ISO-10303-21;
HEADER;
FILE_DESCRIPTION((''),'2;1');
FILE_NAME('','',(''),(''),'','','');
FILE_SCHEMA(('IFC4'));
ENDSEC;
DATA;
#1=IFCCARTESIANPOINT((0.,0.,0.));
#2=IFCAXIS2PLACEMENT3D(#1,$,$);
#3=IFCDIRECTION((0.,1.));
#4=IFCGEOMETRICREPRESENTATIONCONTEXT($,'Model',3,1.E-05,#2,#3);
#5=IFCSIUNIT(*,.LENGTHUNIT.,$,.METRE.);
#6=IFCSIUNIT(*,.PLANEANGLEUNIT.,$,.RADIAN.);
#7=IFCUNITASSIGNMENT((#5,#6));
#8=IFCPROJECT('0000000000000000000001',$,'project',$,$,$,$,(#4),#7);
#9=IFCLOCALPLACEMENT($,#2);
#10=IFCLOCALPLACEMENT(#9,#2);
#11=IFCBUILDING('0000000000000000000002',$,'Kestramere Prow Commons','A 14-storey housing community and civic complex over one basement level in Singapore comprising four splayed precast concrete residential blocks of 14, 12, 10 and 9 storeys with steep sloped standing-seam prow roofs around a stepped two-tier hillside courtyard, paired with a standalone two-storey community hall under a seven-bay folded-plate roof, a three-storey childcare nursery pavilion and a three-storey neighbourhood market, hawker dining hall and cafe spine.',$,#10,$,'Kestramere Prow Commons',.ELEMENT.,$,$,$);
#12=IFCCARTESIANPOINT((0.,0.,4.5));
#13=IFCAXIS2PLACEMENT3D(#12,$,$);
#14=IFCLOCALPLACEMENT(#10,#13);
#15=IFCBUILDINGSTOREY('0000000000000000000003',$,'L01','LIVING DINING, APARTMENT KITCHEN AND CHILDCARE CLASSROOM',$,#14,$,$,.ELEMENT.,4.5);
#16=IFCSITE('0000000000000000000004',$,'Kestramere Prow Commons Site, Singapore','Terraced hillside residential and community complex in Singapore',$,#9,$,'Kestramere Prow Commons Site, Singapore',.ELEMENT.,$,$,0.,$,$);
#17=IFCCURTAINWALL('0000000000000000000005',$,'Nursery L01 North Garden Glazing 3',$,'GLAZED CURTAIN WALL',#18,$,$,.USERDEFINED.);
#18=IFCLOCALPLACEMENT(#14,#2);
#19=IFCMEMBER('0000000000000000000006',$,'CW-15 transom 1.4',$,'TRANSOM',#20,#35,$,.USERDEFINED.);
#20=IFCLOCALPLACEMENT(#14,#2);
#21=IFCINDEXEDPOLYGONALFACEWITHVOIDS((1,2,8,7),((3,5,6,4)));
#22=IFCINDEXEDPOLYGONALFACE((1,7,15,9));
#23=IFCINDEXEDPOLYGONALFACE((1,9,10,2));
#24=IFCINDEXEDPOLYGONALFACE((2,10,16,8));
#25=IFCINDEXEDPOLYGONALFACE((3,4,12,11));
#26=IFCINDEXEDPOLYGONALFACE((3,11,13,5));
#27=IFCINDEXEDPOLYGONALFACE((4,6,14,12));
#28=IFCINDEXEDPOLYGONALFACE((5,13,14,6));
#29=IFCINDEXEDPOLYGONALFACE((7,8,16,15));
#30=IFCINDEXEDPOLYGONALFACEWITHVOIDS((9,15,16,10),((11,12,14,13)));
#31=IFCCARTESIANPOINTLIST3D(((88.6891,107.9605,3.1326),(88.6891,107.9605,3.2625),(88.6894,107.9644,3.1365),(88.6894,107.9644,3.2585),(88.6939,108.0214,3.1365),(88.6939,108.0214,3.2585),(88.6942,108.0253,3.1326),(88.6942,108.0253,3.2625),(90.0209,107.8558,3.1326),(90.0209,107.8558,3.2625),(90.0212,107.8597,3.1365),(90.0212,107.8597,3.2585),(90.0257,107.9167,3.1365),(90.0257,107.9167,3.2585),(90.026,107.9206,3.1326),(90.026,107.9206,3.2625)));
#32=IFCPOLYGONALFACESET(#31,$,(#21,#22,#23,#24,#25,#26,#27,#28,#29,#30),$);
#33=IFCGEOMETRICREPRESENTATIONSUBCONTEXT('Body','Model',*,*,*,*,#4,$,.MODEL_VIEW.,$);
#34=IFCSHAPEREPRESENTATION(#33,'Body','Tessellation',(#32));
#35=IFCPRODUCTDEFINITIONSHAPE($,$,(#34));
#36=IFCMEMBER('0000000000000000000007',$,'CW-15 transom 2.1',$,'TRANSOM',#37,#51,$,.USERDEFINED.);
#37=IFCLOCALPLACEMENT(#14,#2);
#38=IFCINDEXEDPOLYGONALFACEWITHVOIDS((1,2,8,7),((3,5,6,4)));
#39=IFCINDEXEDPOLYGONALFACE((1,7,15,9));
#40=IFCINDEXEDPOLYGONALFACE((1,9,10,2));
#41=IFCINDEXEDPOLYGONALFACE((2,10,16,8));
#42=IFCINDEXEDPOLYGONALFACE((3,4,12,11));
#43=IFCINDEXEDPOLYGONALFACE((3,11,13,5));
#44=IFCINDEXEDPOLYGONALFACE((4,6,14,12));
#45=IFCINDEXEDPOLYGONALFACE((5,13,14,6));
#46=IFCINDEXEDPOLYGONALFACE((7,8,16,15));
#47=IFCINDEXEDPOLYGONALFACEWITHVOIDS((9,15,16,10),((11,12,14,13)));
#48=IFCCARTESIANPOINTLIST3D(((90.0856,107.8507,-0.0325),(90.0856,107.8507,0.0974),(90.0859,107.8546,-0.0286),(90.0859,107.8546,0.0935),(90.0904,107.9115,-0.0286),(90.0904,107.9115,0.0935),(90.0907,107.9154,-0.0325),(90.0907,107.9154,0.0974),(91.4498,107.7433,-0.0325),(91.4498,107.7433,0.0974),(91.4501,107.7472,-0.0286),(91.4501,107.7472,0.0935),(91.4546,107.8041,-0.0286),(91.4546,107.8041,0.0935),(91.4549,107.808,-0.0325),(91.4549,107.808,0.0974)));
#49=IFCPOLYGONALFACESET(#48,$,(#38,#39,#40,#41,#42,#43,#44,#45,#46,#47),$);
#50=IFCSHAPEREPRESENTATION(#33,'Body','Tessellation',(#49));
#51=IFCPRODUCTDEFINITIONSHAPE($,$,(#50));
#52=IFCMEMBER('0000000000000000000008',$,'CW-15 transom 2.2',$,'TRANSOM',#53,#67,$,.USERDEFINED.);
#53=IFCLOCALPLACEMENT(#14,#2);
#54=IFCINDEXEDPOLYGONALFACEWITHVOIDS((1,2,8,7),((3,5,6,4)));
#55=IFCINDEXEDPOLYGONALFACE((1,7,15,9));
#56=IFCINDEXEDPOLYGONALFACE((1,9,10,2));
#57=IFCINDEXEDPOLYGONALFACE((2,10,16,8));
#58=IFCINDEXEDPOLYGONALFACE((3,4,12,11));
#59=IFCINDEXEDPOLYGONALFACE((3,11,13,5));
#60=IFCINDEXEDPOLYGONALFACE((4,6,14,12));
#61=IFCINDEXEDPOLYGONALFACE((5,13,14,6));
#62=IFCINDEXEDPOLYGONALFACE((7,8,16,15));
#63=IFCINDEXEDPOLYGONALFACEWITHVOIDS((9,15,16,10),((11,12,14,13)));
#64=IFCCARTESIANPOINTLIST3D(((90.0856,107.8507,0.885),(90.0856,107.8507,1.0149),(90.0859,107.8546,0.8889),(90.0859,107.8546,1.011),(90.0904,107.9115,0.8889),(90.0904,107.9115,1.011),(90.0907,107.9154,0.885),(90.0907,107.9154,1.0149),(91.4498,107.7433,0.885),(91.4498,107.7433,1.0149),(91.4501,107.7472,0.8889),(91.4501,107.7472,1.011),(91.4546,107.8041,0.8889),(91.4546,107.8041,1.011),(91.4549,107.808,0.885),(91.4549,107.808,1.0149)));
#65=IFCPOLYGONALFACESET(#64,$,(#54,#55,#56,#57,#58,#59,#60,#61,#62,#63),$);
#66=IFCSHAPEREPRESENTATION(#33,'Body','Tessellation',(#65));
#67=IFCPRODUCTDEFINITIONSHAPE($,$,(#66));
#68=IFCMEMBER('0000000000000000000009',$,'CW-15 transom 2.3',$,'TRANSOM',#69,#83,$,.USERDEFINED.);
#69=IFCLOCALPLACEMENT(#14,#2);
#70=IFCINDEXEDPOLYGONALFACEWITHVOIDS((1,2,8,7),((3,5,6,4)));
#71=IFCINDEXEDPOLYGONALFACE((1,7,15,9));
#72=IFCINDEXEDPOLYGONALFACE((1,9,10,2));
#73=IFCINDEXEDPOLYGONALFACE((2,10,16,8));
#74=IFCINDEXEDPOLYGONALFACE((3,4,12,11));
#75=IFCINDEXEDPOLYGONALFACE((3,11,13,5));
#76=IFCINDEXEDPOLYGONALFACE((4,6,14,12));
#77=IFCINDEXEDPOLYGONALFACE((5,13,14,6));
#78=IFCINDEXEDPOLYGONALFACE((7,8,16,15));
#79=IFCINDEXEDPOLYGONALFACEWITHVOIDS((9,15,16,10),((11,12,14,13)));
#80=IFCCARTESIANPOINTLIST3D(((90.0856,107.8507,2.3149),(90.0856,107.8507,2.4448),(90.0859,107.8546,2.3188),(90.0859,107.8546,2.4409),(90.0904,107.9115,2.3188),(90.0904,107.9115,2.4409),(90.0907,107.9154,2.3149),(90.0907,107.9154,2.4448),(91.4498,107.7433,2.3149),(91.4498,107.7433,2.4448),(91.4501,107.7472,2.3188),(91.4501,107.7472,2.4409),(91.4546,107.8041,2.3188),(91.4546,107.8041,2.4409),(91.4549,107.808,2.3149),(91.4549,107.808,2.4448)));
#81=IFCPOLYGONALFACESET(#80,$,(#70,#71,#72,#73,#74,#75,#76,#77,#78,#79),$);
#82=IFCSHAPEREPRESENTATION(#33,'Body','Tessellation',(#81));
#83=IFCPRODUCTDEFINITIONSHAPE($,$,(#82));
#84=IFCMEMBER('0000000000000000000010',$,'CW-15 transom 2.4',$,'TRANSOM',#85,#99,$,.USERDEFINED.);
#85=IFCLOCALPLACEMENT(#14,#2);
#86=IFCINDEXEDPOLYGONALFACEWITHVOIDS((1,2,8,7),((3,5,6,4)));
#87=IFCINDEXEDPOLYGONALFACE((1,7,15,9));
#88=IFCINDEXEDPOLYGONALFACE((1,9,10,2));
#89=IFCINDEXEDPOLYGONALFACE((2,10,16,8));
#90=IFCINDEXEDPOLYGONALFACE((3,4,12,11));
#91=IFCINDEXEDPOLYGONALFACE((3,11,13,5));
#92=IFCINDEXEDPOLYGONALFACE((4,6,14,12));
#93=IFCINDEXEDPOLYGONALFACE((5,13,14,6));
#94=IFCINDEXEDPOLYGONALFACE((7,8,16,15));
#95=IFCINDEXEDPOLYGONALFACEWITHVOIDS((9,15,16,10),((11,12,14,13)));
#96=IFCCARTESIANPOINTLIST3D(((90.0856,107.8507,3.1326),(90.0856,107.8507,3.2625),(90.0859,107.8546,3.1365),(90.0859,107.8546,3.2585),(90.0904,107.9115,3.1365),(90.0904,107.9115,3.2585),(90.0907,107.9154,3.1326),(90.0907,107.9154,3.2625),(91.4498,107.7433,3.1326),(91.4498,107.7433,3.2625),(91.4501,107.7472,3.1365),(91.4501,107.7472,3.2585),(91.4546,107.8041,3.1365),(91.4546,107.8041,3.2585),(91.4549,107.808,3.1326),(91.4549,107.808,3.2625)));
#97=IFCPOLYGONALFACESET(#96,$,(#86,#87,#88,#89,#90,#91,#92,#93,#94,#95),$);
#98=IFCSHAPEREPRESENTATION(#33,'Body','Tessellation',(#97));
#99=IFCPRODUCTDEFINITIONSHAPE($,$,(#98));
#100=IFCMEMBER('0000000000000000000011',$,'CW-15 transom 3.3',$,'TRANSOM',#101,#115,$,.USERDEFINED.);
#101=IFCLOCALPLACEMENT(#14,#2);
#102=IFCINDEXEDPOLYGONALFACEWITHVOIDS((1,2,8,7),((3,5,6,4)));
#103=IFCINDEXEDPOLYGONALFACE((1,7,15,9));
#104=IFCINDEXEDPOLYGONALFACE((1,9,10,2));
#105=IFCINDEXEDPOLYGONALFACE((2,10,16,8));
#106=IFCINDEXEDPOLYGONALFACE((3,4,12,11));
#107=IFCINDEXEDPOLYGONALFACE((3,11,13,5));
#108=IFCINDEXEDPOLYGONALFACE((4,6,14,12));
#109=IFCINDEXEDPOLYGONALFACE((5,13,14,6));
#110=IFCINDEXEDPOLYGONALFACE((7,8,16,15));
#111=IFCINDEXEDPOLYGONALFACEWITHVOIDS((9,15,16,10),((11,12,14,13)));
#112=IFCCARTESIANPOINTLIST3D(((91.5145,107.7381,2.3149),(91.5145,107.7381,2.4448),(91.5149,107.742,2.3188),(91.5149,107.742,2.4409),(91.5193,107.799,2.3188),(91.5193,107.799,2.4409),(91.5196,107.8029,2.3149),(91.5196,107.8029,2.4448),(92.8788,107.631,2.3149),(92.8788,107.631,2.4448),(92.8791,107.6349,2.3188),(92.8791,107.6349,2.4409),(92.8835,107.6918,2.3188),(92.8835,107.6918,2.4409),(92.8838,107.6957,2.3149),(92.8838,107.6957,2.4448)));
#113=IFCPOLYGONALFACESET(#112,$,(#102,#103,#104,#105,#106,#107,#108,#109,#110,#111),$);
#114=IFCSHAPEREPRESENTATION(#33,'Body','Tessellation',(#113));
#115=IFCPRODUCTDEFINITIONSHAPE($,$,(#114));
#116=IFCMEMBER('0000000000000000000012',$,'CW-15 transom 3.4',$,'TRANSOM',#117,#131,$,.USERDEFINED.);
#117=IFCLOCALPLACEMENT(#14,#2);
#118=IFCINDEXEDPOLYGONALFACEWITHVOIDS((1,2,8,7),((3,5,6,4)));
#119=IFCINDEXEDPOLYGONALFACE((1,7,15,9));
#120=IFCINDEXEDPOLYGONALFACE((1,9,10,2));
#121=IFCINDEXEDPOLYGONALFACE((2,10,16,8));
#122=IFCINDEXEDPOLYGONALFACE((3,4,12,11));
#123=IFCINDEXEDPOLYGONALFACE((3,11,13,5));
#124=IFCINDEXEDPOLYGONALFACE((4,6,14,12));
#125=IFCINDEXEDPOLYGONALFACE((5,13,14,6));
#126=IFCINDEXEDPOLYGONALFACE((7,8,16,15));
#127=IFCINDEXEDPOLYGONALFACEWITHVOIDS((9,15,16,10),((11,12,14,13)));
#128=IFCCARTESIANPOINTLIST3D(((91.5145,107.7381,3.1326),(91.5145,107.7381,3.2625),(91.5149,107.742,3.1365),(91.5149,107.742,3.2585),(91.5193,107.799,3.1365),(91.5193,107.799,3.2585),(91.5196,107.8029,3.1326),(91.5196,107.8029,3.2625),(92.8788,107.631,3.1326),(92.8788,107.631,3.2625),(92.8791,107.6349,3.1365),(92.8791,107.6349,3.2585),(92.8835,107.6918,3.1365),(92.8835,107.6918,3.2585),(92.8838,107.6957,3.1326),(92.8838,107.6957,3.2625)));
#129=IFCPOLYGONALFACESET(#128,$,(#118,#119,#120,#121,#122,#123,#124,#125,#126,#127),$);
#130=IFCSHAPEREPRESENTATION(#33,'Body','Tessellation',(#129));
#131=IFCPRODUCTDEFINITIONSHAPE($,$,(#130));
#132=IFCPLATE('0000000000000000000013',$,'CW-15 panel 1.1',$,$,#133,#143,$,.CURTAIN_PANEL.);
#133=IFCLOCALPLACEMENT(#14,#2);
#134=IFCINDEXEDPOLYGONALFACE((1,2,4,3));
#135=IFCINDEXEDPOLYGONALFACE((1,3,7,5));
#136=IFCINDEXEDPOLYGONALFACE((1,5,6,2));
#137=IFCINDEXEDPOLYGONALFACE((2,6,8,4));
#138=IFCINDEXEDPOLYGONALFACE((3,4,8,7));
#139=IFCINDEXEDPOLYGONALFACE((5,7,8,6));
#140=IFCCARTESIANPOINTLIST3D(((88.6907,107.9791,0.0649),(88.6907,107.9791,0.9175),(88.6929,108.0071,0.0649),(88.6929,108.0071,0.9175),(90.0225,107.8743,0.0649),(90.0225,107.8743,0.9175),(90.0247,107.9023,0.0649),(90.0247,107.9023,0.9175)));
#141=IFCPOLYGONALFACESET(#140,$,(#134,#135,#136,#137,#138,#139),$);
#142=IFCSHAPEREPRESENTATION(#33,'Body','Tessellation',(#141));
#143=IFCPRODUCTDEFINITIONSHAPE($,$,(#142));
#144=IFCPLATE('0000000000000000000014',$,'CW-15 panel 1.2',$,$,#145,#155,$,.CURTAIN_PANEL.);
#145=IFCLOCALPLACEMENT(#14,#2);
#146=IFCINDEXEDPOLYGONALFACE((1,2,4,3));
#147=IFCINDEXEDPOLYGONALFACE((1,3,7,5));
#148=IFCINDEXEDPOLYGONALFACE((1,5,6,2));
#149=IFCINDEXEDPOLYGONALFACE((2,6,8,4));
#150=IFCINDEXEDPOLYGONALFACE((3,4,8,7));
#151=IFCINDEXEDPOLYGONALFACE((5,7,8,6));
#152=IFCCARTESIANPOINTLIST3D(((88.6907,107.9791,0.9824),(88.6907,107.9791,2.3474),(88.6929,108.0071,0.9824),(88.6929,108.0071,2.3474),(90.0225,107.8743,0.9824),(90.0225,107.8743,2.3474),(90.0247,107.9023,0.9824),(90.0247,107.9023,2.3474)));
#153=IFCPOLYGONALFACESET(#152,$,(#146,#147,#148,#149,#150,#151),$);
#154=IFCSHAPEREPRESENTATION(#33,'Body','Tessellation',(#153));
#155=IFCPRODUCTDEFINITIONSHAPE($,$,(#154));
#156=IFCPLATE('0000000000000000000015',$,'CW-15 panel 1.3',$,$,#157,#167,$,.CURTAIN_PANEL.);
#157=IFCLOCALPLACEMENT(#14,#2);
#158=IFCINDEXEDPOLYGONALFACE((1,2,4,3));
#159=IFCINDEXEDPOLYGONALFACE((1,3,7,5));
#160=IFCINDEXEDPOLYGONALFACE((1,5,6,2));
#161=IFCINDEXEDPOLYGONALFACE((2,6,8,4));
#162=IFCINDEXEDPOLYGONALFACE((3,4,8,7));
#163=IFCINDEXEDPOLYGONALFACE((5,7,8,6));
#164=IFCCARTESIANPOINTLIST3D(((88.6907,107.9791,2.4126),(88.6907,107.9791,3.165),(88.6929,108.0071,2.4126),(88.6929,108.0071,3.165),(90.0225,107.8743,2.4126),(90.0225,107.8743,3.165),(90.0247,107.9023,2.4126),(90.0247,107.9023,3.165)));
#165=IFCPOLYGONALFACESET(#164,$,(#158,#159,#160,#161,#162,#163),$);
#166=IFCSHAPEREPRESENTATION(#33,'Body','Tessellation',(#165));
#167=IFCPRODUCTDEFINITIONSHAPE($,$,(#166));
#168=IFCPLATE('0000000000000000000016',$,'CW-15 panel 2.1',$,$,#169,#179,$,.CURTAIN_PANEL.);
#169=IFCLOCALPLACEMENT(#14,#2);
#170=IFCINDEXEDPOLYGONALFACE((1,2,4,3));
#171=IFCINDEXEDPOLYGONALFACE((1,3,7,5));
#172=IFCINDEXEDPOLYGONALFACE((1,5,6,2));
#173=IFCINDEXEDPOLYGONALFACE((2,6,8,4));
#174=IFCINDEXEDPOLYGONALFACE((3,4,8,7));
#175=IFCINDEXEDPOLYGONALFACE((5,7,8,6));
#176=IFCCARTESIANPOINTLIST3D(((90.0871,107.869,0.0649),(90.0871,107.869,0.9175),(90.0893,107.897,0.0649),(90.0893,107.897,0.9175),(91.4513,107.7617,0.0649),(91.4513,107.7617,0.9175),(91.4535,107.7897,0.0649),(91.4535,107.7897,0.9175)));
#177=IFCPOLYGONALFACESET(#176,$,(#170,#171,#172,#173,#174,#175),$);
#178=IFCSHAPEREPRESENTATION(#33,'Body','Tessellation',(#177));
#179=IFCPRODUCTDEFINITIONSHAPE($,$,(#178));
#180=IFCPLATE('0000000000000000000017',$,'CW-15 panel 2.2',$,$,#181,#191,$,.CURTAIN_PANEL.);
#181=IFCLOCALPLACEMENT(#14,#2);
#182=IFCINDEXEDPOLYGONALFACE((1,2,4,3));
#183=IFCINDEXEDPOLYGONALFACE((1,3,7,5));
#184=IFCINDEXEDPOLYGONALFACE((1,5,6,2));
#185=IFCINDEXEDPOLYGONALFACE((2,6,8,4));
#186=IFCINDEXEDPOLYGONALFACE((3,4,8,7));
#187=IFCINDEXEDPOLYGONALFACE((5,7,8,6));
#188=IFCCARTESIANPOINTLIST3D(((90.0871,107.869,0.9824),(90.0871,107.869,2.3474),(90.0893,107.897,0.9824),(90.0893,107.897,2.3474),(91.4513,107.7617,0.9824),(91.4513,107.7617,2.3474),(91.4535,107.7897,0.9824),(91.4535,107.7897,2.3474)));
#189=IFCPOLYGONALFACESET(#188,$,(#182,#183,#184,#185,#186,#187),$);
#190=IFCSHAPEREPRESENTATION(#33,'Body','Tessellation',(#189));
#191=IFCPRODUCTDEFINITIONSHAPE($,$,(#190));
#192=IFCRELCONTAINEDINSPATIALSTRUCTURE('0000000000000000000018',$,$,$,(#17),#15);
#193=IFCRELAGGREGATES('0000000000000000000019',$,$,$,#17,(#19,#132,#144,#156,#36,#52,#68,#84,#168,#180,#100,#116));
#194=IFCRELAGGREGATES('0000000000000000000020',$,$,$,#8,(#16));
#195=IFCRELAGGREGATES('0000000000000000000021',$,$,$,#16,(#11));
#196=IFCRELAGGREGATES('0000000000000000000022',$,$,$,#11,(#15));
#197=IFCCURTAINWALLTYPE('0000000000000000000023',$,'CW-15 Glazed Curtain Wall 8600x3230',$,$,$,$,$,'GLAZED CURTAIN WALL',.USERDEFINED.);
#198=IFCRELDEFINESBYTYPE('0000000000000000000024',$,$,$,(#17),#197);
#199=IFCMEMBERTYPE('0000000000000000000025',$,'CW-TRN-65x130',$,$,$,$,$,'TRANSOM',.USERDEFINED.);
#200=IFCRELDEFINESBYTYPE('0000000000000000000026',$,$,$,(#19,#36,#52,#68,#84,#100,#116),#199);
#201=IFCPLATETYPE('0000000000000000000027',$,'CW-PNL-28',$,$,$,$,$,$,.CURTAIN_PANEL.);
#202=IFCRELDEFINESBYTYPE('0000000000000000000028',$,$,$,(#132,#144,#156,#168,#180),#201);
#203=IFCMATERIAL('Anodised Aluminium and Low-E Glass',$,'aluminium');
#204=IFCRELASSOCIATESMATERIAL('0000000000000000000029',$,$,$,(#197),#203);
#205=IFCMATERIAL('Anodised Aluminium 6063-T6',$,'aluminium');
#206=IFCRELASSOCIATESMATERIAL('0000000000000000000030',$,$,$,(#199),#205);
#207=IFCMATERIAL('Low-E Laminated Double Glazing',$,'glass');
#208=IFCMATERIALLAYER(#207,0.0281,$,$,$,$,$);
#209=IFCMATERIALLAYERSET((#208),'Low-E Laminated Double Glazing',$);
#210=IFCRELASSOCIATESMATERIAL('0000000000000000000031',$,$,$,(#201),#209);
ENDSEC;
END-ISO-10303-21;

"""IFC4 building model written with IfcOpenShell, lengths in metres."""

from ifc_helpers import new_model, si_unit, direction, frame, origin, origin_2d, place, context, subcontext, project, spatial, rectangle, hollow_rectangle, extrude, material, layer, layer_set, material_profile, profile_set, type_object, element, aggregate, save


model = new_model("IFC4")

# Units and contexts
model_context = context("Model", 3, precision=1e-05, world=origin(), true_north=direction((0.0, 1.0)))
body_context = subcontext(model_context, "Body", "Model", "MODEL_VIEW")
ifc_project = project(units=[si_unit("LENGTHUNIT", "METRE"), si_unit("PLANEANGLEUNIT", "RADIAN")], contexts=[model_context])

# Site, building, storey
site_placement = place(None, origin())
site = spatial("IfcSite", under=ifc_project, at=site_placement, Name="Kestramere Prow Commons Site, Singapore", Description="Terraced hillside residential and community complex in Singapore", LongName="Kestramere Prow Commons Site, Singapore", CompositionType="ELEMENT", RefElevation=0.0)
building_placement = place(site_placement, origin())
building = spatial("IfcBuilding", under=site, at=building_placement, Name="Kestramere Prow Commons", Description="A 14-storey housing community and civic complex over one basement level in Singapore comprising four splayed precast concrete residential blocks of 14, 12, 10 and 9 storeys with steep sloped standing-seam prow roofs around a stepped two-tier hillside courtyard, paired with a standalone two-storey community hall under a seven-bay folded-plate roof, a three-storey childcare nursery pavilion and a three-storey neighbourhood market, hawker dining hall and cafe spine.", LongName="Kestramere Prow Commons", CompositionType="ELEMENT")
storey_placement = place(building_placement, frame((0.0, 0.0, 4.5)))
storey = spatial("IfcBuildingStorey", under=building, at=storey_placement, Name="L01", Description="LIVING DINING, APARTMENT KITCHEN AND CHILDCARE CLASSROOM", CompositionType="ELEMENT", Elevation=4.5)

# Shared definitions
ifc_material_1 = material(Name="Anodised Aluminium and Low-E Glass", Category="aluminium")
curtain_wall_type = type_object("IfcCurtainWallType", Name="CW-15 Glazed Curtain Wall 8600x3230", ElementType="GLAZED CURTAIN WALL", PredefinedType="USERDEFINED", material=ifc_material_1)
ifc_material_2 = material(Name="Anodised Aluminium 6063-T6", Category="aluminium")

# Curtain wall, members, plates
curtain_wall_1_placement = place(storey_placement, origin())
curtain_wall_1 = element("IfcCurtainWall", 1, at=curtain_wall_1_placement, inside=storey, type_object=curtain_wall_type, Name="Nursery L01 North Garden Glazing 3", ObjectType="GLAZED CURTAIN WALL", PredefinedType="USERDEFINED")
ifc_material_profile_1 = material_profile(ifc_material_2, hollow_rectangle(XDim=0.0649, YDim=0.1299, WallThickness=0.0039, at=origin_2d()), Name="ALU-TRN 65x130")
ifc_profile_set_1 = profile_set([ifc_material_profile_1], Name="Anodised Aluminium 6063-T6")
member_type_1 = type_object("IfcMemberType", Name="CW-TRN-65x130", ElementType="TRANSOM", PredefinedType="USERDEFINED", material=ifc_profile_set_1)
member_1_placement = place(storey_placement, frame((88.6917, 107.9929, 3.1975), z_axis=(0.996922, -0.078401, 0.0), x_axis=(0.078401, 0.996922, 0.0)))
member_1 = element("IfcMember", 2, at=member_1_placement, type_object=member_type_1, Name="CW-15 transom 1.4", ObjectType="TRANSOM", PredefinedType="USERDEFINED", context=body_context, shape_type="SweptSolid", body=[
    extrude(hollow_rectangle(XDim=0.0649, YDim=0.1299, WallThickness=0.0039, at=origin_2d()), origin(), (0.0, 0.0, 1.0), 1.3359),
])
member_2_placement = place(storey_placement, frame((90.0881, 107.8831, 0.0325), z_axis=(0.996914, -0.078497, 0.0), x_axis=(0.078497, 0.996914, 0.0)))
member_2 = element("IfcMember", 3, at=member_2_placement, type_object=member_type_1, Name="CW-15 transom 2.1", ObjectType="TRANSOM", PredefinedType="USERDEFINED", context=body_context, shape_type="SweptSolid", body=[
    extrude(hollow_rectangle(XDim=0.0649, YDim=0.1299, WallThickness=0.0039, at=origin_2d()), origin(), (0.0, 0.0, 1.0), 1.3684),
])
member_3_placement = place(storey_placement, frame((90.0881, 107.8831, 0.95), z_axis=(0.996914, -0.078497, 0.0), x_axis=(0.078497, 0.996914, 0.0)))
member_3 = element("IfcMember", 4, at=member_3_placement, type_object=member_type_1, Name="CW-15 transom 2.2", ObjectType="TRANSOM", PredefinedType="USERDEFINED", context=body_context, shape_type="SweptSolid", body=[
    extrude(hollow_rectangle(XDim=0.0649, YDim=0.1299, WallThickness=0.0039, at=origin_2d()), origin(), (0.0, 0.0, 1.0), 1.3684),
])
member_4_placement = place(storey_placement, frame((90.0881, 107.8831, 2.3799), z_axis=(0.996914, -0.078497, 0.0), x_axis=(0.078497, 0.996914, 0.0)))
member_4 = element("IfcMember", 5, at=member_4_placement, type_object=member_type_1, Name="CW-15 transom 2.3", ObjectType="TRANSOM", PredefinedType="USERDEFINED", context=body_context, shape_type="SweptSolid", body=[
    extrude(hollow_rectangle(XDim=0.0649, YDim=0.1299, WallThickness=0.0039, at=origin_2d()), origin(), (0.0, 0.0, 1.0), 1.3684),
])
member_5_placement = place(storey_placement, frame((90.0881, 107.8831, 3.1975), z_axis=(0.996914, -0.078497, 0.0), x_axis=(0.078497, 0.996914, 0.0)))
member_5 = element("IfcMember", 6, at=member_5_placement, type_object=member_type_1, Name="CW-15 transom 2.4", ObjectType="TRANSOM", PredefinedType="USERDEFINED", context=body_context, shape_type="SweptSolid", body=[
    extrude(hollow_rectangle(XDim=0.0649, YDim=0.1299, WallThickness=0.0039, at=origin_2d()), origin(), (0.0, 0.0, 1.0), 1.3684),
])
member_6_placement = place(storey_placement, frame((91.5171, 107.7705, 2.3799), z_axis=(0.996928, -0.07832, 0.0), x_axis=(0.07832, 0.996928, 0.0)))
member_6 = element("IfcMember", 7, at=member_6_placement, type_object=member_type_1, Name="CW-15 transom 3.3", ObjectType="TRANSOM", PredefinedType="USERDEFINED", context=body_context, shape_type="SweptSolid", body=[
    extrude(hollow_rectangle(XDim=0.0649, YDim=0.1299, WallThickness=0.0039, at=origin_2d()), origin(), (0.0, 0.0, 1.0), 1.3684),
])
member_7_placement = place(storey_placement, frame((91.5171, 107.7705, 3.1975), z_axis=(0.996928, -0.07832, 0.0), x_axis=(0.07832, 0.996928, 0.0)))
member_7 = element("IfcMember", 8, at=member_7_placement, type_object=member_type_1, Name="CW-15 transom 3.4", ObjectType="TRANSOM", PredefinedType="USERDEFINED", context=body_context, shape_type="SweptSolid", body=[
    extrude(hollow_rectangle(XDim=0.0649, YDim=0.1299, WallThickness=0.0039, at=origin_2d()), origin(), (0.0, 0.0, 1.0), 1.3684),
])
ifc_material_3 = material(Name="Low-E Laminated Double Glazing", Category="glass")
ifc_layer = layer(ifc_material_3, 0.0281)
ifc_layer_set = layer_set([ifc_layer], Name="Low-E Laminated Double Glazing")
plate_type = type_object("IfcPlateType", Name="CW-PNL-28", PredefinedType="CURTAIN_PANEL", material=ifc_layer_set)
plate_1_placement = place(storey_placement, frame((89.3577, 107.9407, 0.0649), z_axis=(0.0, 0.0, 1.0), x_axis=(0.996917, -0.078459, 0.0)))
plate_1 = element("IfcPlate", 9, at=plate_1_placement, type_object=plate_type, Name="CW-15 panel 1.1", PredefinedType="CURTAIN_PANEL", context=body_context, shape_type="SweptSolid", body=[
    extrude(rectangle(XDim=1.3359, YDim=0.0281, at=origin_2d()), origin(), (0.0, 0.0, 1.0), 0.8525),
])
plate_2_placement = place(storey_placement, frame((89.3577, 107.9407, 0.9824), z_axis=(0.0, 0.0, 1.0), x_axis=(0.996917, -0.078459, 0.0)))
plate_2 = element("IfcPlate", 10, at=plate_2_placement, type_object=plate_type, Name="CW-15 panel 1.2", PredefinedType="CURTAIN_PANEL", context=body_context, shape_type="SweptSolid", body=[
    extrude(rectangle(XDim=1.3359, YDim=0.0281, at=origin_2d()), origin(), (0.0, 0.0, 1.0), 1.365),
])
plate_3_placement = place(storey_placement, frame((89.3577, 107.9407, 2.4126), z_axis=(0.0, 0.0, 1.0), x_axis=(0.996917, -0.078459, 0.0)))
plate_3 = element("IfcPlate", 11, at=plate_3_placement, type_object=plate_type, Name="CW-15 panel 1.3", PredefinedType="CURTAIN_PANEL", context=body_context, shape_type="SweptSolid", body=[
    extrude(rectangle(XDim=1.3359, YDim=0.0281, at=origin_2d()), origin(), (0.0, 0.0, 1.0), 0.7524),
])
plate_4_placement = place(storey_placement, frame((90.7703, 107.8293, 0.0649), z_axis=(0.0, 0.0, 1.0), x_axis=(0.996917, -0.078459, 0.0)))
plate_4 = element("IfcPlate", 12, at=plate_4_placement, type_object=plate_type, Name="CW-15 panel 2.1", PredefinedType="CURTAIN_PANEL", context=body_context, shape_type="SweptSolid", body=[
    extrude(rectangle(XDim=1.3684, YDim=0.0281, at=origin_2d()), origin(), (0.0, 0.0, 1.0), 0.8525),
])
plate_5_placement = place(storey_placement, frame((90.7703, 107.8293, 0.9824), z_axis=(0.0, 0.0, 1.0), x_axis=(0.996917, -0.078459, 0.0)))
plate_5 = element("IfcPlate", 13, at=plate_5_placement, type_object=plate_type, Name="CW-15 panel 2.2", PredefinedType="CURTAIN_PANEL", context=body_context, shape_type="SweptSolid", body=[
    extrude(rectangle(XDim=1.3684, YDim=0.0281, at=origin_2d()), origin(), (0.0, 0.0, 1.0), 1.365),
])
aggregate(curtain_wall_1, [member_1, plate_1, plate_2, plate_3, member_2, member_3, member_4, member_5, plate_4, plate_5, member_6, member_7])

save(model, "model.ifc")
